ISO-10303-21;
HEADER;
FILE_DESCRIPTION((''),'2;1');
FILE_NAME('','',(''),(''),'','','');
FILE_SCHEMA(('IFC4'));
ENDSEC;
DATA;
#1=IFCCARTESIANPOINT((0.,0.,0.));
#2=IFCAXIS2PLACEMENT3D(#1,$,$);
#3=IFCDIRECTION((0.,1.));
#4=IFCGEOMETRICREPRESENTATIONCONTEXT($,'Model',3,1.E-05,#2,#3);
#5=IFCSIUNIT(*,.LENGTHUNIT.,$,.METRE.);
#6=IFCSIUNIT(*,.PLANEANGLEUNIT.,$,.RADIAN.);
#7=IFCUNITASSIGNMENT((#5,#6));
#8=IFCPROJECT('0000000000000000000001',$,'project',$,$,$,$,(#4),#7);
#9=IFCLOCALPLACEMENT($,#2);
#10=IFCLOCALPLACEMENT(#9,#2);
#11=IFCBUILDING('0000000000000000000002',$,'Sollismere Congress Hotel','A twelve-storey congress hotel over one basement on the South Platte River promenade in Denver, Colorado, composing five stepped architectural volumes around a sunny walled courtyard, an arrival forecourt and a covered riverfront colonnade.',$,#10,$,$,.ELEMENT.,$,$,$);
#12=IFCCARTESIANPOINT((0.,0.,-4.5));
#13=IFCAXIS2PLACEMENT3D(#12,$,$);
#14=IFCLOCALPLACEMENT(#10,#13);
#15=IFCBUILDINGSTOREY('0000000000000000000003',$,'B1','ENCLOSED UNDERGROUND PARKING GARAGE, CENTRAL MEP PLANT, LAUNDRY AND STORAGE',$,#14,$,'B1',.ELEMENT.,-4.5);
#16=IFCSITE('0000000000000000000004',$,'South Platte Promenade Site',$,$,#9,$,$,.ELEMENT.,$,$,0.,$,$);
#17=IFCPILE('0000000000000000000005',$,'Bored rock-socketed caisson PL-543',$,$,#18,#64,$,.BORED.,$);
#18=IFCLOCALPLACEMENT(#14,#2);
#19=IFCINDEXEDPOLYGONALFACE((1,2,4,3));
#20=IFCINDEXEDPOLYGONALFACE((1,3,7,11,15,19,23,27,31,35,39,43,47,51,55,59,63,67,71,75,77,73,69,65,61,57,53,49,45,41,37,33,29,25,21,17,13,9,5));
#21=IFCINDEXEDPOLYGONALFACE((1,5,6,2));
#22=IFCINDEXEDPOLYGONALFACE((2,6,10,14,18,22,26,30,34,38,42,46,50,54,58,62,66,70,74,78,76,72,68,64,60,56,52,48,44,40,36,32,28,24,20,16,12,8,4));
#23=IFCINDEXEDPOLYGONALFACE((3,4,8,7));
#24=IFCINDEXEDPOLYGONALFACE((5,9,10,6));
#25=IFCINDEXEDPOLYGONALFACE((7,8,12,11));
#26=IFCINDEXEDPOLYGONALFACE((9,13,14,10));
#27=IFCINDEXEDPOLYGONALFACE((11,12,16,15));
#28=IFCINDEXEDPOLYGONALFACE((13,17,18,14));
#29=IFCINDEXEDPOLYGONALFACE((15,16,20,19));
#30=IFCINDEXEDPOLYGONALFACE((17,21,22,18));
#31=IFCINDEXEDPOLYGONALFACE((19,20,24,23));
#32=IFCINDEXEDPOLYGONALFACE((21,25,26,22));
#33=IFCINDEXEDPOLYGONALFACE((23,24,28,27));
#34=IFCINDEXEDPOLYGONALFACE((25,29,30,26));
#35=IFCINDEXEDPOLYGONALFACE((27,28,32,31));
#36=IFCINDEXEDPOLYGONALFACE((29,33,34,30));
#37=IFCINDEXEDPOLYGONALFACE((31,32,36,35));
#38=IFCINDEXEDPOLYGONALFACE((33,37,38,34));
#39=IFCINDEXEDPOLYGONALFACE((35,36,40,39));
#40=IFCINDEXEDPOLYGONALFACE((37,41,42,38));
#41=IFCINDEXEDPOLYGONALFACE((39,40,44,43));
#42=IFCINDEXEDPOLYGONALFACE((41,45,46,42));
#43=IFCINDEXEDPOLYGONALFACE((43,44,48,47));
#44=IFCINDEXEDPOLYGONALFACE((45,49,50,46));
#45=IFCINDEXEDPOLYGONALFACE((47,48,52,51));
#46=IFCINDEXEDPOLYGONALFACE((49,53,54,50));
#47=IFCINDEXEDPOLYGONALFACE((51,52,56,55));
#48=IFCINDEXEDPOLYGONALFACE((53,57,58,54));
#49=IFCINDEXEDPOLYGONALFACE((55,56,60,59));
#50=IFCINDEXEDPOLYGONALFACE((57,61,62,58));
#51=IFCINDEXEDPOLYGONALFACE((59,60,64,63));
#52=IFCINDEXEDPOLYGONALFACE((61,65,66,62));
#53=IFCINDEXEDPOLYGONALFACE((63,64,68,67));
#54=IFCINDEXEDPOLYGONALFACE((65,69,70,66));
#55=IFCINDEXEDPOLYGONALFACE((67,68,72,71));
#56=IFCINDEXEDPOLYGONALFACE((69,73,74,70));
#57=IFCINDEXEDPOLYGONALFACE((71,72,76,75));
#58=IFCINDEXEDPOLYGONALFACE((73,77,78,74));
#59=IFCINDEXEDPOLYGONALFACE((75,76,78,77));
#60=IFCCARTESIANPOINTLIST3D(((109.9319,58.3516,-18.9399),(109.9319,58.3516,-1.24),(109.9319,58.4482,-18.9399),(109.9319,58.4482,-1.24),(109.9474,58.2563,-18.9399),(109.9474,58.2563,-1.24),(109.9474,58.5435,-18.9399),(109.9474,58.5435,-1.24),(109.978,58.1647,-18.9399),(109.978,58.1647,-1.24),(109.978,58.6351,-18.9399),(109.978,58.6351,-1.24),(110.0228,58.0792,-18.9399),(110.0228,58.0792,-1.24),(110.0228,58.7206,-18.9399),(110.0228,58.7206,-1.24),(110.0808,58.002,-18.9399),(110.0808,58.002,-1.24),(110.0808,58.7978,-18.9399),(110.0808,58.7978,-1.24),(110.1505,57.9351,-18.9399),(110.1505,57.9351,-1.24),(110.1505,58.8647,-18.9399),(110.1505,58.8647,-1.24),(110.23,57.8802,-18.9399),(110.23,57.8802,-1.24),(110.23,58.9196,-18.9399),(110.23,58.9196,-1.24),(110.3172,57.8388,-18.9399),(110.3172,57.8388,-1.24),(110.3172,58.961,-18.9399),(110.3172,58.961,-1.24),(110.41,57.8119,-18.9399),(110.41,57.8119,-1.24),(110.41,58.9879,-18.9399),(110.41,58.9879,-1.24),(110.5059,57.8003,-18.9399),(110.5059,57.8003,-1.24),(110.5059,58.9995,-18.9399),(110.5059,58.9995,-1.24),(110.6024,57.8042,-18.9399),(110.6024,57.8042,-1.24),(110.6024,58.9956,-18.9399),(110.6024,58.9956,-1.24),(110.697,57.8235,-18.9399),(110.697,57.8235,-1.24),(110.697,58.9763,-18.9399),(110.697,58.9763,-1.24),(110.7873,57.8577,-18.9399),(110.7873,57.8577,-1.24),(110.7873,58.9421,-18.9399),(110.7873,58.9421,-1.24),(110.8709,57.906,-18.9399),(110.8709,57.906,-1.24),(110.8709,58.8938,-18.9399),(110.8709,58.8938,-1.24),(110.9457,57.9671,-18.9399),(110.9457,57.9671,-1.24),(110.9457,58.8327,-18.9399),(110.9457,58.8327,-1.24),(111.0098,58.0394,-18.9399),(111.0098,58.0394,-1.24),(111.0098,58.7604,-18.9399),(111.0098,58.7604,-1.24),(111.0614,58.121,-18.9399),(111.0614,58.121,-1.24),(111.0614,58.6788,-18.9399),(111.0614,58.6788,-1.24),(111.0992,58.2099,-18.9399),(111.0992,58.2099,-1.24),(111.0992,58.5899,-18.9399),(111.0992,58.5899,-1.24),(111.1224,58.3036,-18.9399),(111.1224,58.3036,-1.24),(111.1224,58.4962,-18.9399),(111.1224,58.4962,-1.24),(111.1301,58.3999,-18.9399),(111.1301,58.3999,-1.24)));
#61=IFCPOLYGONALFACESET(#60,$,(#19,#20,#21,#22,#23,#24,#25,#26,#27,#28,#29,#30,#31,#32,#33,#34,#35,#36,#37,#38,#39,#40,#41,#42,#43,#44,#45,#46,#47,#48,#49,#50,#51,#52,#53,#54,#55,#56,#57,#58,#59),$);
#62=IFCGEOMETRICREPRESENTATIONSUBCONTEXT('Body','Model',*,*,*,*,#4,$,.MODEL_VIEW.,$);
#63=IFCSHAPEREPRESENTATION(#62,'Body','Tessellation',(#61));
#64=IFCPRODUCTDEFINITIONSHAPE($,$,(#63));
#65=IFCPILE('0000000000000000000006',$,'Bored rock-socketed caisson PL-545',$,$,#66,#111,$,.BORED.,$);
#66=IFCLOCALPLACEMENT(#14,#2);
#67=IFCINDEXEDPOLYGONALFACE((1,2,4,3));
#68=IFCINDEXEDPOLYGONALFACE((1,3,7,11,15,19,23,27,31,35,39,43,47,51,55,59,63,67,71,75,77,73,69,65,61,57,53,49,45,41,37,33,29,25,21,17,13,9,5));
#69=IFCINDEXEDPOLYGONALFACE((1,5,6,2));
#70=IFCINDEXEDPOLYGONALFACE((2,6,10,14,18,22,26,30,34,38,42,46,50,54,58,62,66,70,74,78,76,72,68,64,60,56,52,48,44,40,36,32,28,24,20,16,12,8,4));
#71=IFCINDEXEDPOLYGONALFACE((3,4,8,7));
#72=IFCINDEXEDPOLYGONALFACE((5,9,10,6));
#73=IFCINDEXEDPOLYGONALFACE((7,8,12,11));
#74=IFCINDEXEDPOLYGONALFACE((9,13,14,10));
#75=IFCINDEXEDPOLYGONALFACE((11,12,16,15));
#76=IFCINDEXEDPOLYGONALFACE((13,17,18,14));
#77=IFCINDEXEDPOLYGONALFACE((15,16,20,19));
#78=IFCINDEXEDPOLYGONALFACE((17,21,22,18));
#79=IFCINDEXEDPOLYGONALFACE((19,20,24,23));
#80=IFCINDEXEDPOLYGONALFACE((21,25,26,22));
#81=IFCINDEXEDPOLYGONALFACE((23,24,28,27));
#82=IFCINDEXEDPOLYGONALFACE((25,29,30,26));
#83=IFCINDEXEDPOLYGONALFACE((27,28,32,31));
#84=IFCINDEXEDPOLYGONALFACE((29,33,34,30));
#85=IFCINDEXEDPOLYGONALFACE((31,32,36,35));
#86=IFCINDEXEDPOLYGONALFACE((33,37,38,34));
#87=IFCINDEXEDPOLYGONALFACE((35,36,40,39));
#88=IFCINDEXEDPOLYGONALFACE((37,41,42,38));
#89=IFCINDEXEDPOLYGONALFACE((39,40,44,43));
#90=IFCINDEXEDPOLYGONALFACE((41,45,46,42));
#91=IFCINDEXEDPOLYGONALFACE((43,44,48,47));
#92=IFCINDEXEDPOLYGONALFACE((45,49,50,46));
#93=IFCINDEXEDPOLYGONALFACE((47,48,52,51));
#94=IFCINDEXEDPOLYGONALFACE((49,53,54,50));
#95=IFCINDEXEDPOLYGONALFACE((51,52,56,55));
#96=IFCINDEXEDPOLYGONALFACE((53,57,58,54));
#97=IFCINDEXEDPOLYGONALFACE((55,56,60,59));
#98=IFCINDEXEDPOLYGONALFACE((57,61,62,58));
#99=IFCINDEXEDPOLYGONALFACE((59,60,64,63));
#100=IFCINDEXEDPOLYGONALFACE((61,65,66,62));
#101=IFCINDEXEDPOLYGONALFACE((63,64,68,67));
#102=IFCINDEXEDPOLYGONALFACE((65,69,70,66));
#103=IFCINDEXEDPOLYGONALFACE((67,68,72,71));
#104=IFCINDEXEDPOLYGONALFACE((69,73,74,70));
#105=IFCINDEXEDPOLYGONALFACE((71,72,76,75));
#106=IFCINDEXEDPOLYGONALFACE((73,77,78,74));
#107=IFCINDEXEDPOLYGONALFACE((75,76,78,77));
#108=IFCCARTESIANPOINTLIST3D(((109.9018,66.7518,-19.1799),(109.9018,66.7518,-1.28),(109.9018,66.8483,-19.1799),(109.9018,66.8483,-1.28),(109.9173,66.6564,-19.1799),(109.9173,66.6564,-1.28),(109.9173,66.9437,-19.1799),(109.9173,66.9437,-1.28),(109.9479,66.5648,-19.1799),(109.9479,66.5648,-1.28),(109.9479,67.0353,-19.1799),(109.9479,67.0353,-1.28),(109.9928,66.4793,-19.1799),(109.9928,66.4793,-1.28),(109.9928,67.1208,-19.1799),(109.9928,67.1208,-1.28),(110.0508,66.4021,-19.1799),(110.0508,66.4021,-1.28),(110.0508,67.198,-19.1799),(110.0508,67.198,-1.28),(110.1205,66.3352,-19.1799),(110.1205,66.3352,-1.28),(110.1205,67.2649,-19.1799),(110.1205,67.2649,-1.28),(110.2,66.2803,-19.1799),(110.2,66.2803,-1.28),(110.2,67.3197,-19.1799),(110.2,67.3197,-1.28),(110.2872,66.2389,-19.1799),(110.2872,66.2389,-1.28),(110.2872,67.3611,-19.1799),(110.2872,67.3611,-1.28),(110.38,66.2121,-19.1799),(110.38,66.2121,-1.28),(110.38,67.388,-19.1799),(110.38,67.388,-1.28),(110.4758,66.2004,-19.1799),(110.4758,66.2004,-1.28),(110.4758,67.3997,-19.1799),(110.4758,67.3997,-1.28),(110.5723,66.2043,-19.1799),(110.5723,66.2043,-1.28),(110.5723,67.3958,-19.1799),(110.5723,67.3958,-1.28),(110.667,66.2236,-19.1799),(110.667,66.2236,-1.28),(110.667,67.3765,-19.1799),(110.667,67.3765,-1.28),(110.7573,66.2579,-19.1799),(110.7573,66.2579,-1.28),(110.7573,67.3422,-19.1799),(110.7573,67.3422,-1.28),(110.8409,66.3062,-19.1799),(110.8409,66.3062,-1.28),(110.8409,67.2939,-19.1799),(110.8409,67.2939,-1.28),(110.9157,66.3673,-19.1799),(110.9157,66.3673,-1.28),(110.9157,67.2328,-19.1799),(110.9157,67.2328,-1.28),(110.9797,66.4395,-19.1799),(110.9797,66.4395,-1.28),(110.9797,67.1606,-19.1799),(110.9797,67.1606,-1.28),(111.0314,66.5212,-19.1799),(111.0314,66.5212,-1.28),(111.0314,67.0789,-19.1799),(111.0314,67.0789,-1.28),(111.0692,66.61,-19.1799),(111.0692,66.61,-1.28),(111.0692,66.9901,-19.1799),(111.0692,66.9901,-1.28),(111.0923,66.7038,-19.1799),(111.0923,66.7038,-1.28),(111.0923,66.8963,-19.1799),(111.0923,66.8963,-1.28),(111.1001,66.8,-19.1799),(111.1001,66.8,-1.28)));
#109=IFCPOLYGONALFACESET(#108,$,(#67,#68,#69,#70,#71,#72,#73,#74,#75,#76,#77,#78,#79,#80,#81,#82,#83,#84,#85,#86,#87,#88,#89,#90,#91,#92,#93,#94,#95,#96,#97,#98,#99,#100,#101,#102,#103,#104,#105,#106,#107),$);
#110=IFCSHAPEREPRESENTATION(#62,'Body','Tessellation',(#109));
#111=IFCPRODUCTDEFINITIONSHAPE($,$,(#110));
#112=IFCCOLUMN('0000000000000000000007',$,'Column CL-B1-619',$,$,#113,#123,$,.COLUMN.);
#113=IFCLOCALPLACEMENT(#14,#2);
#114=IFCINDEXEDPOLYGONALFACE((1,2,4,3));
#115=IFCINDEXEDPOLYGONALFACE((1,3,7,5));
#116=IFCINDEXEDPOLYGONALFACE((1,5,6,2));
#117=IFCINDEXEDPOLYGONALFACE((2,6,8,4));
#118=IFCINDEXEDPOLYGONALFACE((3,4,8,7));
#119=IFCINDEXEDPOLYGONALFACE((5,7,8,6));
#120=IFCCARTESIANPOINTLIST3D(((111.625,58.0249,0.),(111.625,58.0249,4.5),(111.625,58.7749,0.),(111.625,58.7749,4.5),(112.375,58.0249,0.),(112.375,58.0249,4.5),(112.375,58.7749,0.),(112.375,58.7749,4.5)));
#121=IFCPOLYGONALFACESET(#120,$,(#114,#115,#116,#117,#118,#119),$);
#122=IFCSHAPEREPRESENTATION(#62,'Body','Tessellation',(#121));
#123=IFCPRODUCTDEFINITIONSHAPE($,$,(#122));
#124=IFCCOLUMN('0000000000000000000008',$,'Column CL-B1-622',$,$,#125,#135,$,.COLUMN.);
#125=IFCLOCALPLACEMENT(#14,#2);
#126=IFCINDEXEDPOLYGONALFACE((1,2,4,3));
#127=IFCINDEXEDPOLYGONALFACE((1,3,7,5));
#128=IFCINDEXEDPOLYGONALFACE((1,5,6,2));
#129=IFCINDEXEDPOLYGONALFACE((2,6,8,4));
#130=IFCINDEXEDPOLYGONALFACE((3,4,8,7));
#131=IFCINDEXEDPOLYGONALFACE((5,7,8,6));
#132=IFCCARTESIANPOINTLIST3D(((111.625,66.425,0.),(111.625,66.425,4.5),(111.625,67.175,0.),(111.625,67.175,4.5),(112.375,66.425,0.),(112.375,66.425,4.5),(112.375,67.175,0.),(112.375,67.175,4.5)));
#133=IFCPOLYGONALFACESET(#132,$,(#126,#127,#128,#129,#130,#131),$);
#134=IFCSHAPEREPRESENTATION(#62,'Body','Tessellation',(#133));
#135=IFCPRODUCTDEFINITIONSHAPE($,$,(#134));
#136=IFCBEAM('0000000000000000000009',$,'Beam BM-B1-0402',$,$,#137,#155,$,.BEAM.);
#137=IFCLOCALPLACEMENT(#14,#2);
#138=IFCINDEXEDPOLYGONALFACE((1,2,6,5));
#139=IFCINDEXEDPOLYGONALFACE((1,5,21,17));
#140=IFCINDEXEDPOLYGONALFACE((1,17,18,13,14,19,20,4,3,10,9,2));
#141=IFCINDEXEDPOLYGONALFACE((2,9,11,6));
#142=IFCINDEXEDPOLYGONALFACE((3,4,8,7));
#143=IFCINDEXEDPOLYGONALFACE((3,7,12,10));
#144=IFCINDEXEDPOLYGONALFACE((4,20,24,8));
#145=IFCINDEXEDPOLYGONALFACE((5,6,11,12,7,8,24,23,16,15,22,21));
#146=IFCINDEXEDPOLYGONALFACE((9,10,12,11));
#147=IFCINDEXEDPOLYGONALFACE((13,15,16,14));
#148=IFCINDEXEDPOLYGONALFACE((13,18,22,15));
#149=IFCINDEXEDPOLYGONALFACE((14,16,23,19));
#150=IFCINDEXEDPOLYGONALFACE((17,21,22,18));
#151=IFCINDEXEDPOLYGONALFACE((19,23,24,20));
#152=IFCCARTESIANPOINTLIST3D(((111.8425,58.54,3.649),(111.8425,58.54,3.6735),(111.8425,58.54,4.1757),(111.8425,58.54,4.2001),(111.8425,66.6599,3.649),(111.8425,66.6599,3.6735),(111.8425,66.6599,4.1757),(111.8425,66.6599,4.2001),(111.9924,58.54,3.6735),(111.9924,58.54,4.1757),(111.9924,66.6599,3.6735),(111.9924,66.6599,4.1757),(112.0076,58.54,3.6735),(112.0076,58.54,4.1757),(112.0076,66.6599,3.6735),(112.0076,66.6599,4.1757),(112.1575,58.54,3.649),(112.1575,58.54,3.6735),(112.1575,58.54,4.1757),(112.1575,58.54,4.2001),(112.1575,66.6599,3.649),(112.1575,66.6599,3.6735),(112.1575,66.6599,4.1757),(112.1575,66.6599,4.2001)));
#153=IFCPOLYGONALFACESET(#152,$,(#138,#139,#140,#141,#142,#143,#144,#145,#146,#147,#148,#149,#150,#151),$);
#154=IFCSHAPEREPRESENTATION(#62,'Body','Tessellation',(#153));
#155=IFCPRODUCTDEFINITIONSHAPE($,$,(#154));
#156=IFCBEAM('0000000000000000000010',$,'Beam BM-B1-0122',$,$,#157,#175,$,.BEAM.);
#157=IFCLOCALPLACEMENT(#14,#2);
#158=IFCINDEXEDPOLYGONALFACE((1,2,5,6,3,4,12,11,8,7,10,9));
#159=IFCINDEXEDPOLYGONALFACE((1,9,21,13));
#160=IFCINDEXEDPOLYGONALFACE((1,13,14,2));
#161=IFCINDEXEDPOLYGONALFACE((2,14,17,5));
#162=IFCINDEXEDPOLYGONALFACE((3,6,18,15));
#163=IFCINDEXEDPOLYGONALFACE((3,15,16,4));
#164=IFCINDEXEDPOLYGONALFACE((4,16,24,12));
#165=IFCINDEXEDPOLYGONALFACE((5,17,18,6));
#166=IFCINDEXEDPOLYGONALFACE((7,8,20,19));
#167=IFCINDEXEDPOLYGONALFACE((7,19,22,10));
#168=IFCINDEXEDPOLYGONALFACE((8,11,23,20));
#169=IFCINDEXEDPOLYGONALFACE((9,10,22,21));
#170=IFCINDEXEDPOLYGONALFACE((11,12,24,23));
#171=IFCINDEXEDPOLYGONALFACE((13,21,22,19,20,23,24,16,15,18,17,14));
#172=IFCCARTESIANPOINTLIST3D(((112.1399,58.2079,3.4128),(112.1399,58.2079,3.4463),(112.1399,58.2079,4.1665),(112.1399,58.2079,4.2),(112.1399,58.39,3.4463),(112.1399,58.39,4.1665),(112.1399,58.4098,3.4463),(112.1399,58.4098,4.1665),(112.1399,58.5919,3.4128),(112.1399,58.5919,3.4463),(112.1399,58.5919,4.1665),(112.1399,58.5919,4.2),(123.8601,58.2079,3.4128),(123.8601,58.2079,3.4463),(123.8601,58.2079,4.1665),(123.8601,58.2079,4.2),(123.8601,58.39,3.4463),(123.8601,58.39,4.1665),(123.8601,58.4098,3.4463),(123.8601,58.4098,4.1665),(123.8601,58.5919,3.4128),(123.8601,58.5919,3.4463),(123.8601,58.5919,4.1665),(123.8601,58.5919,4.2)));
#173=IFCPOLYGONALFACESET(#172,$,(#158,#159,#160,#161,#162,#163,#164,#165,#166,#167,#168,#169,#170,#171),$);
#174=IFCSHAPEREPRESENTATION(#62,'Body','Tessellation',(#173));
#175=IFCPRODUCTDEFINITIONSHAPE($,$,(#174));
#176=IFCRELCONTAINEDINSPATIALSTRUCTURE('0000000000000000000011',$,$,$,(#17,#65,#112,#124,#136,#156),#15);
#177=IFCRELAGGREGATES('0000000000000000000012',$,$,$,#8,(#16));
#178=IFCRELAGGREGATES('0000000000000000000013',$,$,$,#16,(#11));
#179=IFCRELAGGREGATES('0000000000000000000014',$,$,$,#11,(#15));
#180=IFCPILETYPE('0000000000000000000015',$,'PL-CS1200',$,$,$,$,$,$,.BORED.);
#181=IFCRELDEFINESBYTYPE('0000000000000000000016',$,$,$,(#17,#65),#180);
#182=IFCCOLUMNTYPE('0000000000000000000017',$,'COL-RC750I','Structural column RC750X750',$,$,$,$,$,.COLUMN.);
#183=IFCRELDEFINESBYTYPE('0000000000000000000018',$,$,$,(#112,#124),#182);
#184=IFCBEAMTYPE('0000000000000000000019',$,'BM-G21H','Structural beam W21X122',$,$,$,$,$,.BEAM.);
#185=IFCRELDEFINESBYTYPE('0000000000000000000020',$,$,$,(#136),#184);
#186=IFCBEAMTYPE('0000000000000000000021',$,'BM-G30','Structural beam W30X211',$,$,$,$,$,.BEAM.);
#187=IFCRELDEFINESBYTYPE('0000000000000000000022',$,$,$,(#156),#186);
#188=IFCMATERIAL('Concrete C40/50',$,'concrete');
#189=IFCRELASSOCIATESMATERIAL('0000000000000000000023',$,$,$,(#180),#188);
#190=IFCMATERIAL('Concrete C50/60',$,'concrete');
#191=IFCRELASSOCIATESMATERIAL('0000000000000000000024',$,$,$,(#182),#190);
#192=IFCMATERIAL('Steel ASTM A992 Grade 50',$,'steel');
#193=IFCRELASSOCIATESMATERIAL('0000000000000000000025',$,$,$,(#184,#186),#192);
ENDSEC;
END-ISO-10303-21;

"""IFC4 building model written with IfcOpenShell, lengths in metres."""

from ifc_helpers import new_model, si_unit, direction, frame, origin, origin_2d, place, context, subcontext, project, spatial, rectangle, circle, i_section, extrude, material, material_profile, profile_set, type_object, element, save


model = new_model("IFC4")

# Units and contexts
model_context = context("Model", 3, precision=1e-05, world=origin(), true_north=direction((0.0, 1.0)))
body_context = subcontext(model_context, "Body", "Model", "MODEL_VIEW")
ifc_project = project(units=[si_unit("LENGTHUNIT", "METRE"), si_unit("PLANEANGLEUNIT", "RADIAN")], contexts=[model_context])

# Site, building, storey
site_placement = place(None, origin())
site = spatial("IfcSite", under=ifc_project, at=site_placement, Name="South Platte Promenade Site", CompositionType="ELEMENT", RefElevation=0.0)
building_placement = place(site_placement, origin())
building = spatial("IfcBuilding", under=site, at=building_placement, Name="Sollismere Congress Hotel", Description="A twelve-storey congress hotel over one basement on the South Platte River promenade in Denver, Colorado, composing five stepped architectural volumes around a sunny walled courtyard, an arrival forecourt and a covered riverfront colonnade.", CompositionType="ELEMENT")
storey_placement = place(building_placement, frame((0.0, 0.0, -4.5)))
storey = spatial("IfcBuildingStorey", under=building, at=storey_placement, Name="B1", Description="ENCLOSED UNDERGROUND PARKING GARAGE, CENTRAL MEP PLANT, LAUNDRY AND STORAGE", LongName="B1", CompositionType="ELEMENT", Elevation=-4.5)

# Shared definitions
ifc_material_1 = material(Name="Concrete C40/50", Category="concrete")

# Piles
ifc_material_profile_1 = material_profile(ifc_material_1, circle(Radius=0.6001, at=origin_2d()), Name="CAISSON1200")
ifc_profile_set_1 = profile_set([ifc_material_profile_1], Name="Concrete C40/50")
pile_type = type_object("IfcPileType", Name="PL-CS1200", PredefinedType="BORED", material=ifc_profile_set_1)
pile_1_placement = place(storey_placement, frame((110.53, 58.3999, -1.24), z_axis=(0.0, 0.0, -1.0), x_axis=(1.0, 0.0, 0.0)))
element("IfcPile", 1, at=pile_1_placement, inside=storey, type_object=pile_type, Name="Bored rock-socketed caisson PL-543", PredefinedType="BORED", context=body_context, shape_type="SweptSolid", body=[
    extrude(circle(Radius=0.6001, at=origin_2d()), origin(), (0.0, 0.0, 1.0), 17.7),
])
pile_2_placement = place(storey_placement, frame((110.5, 66.8, -1.28), z_axis=(0.0, 0.0, -1.0), x_axis=(1.0, 0.0, 0.0)))
element("IfcPile", 2, at=pile_2_placement, inside=storey, type_object=pile_type, Name="Bored rock-socketed caisson PL-545", PredefinedType="BORED", context=body_context, shape_type="SweptSolid", body=[
    extrude(circle(Radius=0.6001, at=origin_2d()), origin(), (0.0, 0.0, 1.0), 17.8999),
])

# Columns
ifc_material_2 = material(Name="Concrete C50/60", Category="concrete")
ifc_material_profile_2 = material_profile(ifc_material_2, rectangle(XDim=0.75, YDim=0.75, at=origin_2d()), Name="RC750X750")
ifc_profile_set_2 = profile_set([ifc_material_profile_2], Name="Concrete C50/60")
column_type = type_object("IfcColumnType", Name="COL-RC750I", Description="Structural column RC750X750", PredefinedType="COLUMN", material=ifc_profile_set_2)
for number, where, z_axis, x_axis, name in (
    (3, (112.0, 58.3999, 0.0), (0.0, 0.0, 1.0), (1.0, 0.0, 0.0), "Column CL-B1-619"),
    (4, (112.0, 66.8, 0.0), (0.0, 0.0, 1.0), (0.0, 1.0, 0.0), "Column CL-B1-622"),
):
    element("IfcColumn", number, at=place(storey_placement, frame(where, z_axis=z_axis, x_axis=x_axis)), inside=storey, type_object=column_type, Name=name, PredefinedType="COLUMN", context=body_context, shape_type="SweptSolid", body=[
        extrude(rectangle(XDim=0.75, YDim=0.75, at=origin_2d()), origin(), (0.0, 0.0, 1.0), 4.5),
    ])

# Beams
ifc_material_3 = material(Name="Steel ASTM A992 Grade 50", Category="steel")
ifc_material_profile_3 = material_profile(ifc_material_3, i_section(OverallWidth=0.3149, OverallDepth=0.551, WebThickness=0.0151, FlangeThickness=0.0244, at=origin_2d()), Name="W21X122")
ifc_profile_set_3 = profile_set([ifc_material_profile_3], Name="Steel ASTM A992 Grade 50")
beam_type_1 = type_object("IfcBeamType", Name="BM-G21H", Description="Structural beam W21X122", PredefinedType="BEAM", material=ifc_profile_set_3)
beam_1_placement = place(storey_placement, frame((112.0, 58.54, 3.9246), z_axis=(0.0, 1.0, 0.0), x_axis=(-1.0, 0.0, 0.0)))
element("IfcBeam", 5, at=beam_1_placement, inside=storey, type_object=beam_type_1, Name="Beam BM-B1-0402", PredefinedType="BEAM", context=body_context, shape_type="SweptSolid", body=[
    extrude(i_section(OverallWidth=0.3149, OverallDepth=0.551, WebThickness=0.0151, FlangeThickness=0.0244, at=origin_2d()), origin(), (0.0, 0.0, 1.0), 8.1199),
])
ifc_material_profile_4 = material_profile(ifc_material_3, i_section(OverallWidth=0.384, OverallDepth=0.7871, WebThickness=0.0198, FlangeThickness=0.0334, at=origin_2d()), Name="W30X211")
ifc_profile_set_4 = profile_set([ifc_material_profile_4], Name="Steel ASTM A992 Grade 50")
beam_type_2 = type_object("IfcBeamType", Name="BM-G30", Description="Structural beam W30X211", PredefinedType="BEAM", material=ifc_profile_set_4)
beam_2_placement = place(storey_placement, frame((112.1399, 58.3999, 3.8064), z_axis=(1.0, 0.0, 0.0), x_axis=(0.0, 1.0, 0.0)))
element("IfcBeam", 6, at=beam_2_placement, inside=storey, type_object=beam_type_2, Name="Beam BM-B1-0122", PredefinedType="BEAM", context=body_context, shape_type="SweptSolid", body=[
    extrude(i_section(OverallWidth=0.384, OverallDepth=0.7871, WebThickness=0.0198, FlangeThickness=0.0334, at=origin_2d()), origin(), (0.0, 0.0, 1.0), 11.7202),
])

save(model, "model.ifc")
